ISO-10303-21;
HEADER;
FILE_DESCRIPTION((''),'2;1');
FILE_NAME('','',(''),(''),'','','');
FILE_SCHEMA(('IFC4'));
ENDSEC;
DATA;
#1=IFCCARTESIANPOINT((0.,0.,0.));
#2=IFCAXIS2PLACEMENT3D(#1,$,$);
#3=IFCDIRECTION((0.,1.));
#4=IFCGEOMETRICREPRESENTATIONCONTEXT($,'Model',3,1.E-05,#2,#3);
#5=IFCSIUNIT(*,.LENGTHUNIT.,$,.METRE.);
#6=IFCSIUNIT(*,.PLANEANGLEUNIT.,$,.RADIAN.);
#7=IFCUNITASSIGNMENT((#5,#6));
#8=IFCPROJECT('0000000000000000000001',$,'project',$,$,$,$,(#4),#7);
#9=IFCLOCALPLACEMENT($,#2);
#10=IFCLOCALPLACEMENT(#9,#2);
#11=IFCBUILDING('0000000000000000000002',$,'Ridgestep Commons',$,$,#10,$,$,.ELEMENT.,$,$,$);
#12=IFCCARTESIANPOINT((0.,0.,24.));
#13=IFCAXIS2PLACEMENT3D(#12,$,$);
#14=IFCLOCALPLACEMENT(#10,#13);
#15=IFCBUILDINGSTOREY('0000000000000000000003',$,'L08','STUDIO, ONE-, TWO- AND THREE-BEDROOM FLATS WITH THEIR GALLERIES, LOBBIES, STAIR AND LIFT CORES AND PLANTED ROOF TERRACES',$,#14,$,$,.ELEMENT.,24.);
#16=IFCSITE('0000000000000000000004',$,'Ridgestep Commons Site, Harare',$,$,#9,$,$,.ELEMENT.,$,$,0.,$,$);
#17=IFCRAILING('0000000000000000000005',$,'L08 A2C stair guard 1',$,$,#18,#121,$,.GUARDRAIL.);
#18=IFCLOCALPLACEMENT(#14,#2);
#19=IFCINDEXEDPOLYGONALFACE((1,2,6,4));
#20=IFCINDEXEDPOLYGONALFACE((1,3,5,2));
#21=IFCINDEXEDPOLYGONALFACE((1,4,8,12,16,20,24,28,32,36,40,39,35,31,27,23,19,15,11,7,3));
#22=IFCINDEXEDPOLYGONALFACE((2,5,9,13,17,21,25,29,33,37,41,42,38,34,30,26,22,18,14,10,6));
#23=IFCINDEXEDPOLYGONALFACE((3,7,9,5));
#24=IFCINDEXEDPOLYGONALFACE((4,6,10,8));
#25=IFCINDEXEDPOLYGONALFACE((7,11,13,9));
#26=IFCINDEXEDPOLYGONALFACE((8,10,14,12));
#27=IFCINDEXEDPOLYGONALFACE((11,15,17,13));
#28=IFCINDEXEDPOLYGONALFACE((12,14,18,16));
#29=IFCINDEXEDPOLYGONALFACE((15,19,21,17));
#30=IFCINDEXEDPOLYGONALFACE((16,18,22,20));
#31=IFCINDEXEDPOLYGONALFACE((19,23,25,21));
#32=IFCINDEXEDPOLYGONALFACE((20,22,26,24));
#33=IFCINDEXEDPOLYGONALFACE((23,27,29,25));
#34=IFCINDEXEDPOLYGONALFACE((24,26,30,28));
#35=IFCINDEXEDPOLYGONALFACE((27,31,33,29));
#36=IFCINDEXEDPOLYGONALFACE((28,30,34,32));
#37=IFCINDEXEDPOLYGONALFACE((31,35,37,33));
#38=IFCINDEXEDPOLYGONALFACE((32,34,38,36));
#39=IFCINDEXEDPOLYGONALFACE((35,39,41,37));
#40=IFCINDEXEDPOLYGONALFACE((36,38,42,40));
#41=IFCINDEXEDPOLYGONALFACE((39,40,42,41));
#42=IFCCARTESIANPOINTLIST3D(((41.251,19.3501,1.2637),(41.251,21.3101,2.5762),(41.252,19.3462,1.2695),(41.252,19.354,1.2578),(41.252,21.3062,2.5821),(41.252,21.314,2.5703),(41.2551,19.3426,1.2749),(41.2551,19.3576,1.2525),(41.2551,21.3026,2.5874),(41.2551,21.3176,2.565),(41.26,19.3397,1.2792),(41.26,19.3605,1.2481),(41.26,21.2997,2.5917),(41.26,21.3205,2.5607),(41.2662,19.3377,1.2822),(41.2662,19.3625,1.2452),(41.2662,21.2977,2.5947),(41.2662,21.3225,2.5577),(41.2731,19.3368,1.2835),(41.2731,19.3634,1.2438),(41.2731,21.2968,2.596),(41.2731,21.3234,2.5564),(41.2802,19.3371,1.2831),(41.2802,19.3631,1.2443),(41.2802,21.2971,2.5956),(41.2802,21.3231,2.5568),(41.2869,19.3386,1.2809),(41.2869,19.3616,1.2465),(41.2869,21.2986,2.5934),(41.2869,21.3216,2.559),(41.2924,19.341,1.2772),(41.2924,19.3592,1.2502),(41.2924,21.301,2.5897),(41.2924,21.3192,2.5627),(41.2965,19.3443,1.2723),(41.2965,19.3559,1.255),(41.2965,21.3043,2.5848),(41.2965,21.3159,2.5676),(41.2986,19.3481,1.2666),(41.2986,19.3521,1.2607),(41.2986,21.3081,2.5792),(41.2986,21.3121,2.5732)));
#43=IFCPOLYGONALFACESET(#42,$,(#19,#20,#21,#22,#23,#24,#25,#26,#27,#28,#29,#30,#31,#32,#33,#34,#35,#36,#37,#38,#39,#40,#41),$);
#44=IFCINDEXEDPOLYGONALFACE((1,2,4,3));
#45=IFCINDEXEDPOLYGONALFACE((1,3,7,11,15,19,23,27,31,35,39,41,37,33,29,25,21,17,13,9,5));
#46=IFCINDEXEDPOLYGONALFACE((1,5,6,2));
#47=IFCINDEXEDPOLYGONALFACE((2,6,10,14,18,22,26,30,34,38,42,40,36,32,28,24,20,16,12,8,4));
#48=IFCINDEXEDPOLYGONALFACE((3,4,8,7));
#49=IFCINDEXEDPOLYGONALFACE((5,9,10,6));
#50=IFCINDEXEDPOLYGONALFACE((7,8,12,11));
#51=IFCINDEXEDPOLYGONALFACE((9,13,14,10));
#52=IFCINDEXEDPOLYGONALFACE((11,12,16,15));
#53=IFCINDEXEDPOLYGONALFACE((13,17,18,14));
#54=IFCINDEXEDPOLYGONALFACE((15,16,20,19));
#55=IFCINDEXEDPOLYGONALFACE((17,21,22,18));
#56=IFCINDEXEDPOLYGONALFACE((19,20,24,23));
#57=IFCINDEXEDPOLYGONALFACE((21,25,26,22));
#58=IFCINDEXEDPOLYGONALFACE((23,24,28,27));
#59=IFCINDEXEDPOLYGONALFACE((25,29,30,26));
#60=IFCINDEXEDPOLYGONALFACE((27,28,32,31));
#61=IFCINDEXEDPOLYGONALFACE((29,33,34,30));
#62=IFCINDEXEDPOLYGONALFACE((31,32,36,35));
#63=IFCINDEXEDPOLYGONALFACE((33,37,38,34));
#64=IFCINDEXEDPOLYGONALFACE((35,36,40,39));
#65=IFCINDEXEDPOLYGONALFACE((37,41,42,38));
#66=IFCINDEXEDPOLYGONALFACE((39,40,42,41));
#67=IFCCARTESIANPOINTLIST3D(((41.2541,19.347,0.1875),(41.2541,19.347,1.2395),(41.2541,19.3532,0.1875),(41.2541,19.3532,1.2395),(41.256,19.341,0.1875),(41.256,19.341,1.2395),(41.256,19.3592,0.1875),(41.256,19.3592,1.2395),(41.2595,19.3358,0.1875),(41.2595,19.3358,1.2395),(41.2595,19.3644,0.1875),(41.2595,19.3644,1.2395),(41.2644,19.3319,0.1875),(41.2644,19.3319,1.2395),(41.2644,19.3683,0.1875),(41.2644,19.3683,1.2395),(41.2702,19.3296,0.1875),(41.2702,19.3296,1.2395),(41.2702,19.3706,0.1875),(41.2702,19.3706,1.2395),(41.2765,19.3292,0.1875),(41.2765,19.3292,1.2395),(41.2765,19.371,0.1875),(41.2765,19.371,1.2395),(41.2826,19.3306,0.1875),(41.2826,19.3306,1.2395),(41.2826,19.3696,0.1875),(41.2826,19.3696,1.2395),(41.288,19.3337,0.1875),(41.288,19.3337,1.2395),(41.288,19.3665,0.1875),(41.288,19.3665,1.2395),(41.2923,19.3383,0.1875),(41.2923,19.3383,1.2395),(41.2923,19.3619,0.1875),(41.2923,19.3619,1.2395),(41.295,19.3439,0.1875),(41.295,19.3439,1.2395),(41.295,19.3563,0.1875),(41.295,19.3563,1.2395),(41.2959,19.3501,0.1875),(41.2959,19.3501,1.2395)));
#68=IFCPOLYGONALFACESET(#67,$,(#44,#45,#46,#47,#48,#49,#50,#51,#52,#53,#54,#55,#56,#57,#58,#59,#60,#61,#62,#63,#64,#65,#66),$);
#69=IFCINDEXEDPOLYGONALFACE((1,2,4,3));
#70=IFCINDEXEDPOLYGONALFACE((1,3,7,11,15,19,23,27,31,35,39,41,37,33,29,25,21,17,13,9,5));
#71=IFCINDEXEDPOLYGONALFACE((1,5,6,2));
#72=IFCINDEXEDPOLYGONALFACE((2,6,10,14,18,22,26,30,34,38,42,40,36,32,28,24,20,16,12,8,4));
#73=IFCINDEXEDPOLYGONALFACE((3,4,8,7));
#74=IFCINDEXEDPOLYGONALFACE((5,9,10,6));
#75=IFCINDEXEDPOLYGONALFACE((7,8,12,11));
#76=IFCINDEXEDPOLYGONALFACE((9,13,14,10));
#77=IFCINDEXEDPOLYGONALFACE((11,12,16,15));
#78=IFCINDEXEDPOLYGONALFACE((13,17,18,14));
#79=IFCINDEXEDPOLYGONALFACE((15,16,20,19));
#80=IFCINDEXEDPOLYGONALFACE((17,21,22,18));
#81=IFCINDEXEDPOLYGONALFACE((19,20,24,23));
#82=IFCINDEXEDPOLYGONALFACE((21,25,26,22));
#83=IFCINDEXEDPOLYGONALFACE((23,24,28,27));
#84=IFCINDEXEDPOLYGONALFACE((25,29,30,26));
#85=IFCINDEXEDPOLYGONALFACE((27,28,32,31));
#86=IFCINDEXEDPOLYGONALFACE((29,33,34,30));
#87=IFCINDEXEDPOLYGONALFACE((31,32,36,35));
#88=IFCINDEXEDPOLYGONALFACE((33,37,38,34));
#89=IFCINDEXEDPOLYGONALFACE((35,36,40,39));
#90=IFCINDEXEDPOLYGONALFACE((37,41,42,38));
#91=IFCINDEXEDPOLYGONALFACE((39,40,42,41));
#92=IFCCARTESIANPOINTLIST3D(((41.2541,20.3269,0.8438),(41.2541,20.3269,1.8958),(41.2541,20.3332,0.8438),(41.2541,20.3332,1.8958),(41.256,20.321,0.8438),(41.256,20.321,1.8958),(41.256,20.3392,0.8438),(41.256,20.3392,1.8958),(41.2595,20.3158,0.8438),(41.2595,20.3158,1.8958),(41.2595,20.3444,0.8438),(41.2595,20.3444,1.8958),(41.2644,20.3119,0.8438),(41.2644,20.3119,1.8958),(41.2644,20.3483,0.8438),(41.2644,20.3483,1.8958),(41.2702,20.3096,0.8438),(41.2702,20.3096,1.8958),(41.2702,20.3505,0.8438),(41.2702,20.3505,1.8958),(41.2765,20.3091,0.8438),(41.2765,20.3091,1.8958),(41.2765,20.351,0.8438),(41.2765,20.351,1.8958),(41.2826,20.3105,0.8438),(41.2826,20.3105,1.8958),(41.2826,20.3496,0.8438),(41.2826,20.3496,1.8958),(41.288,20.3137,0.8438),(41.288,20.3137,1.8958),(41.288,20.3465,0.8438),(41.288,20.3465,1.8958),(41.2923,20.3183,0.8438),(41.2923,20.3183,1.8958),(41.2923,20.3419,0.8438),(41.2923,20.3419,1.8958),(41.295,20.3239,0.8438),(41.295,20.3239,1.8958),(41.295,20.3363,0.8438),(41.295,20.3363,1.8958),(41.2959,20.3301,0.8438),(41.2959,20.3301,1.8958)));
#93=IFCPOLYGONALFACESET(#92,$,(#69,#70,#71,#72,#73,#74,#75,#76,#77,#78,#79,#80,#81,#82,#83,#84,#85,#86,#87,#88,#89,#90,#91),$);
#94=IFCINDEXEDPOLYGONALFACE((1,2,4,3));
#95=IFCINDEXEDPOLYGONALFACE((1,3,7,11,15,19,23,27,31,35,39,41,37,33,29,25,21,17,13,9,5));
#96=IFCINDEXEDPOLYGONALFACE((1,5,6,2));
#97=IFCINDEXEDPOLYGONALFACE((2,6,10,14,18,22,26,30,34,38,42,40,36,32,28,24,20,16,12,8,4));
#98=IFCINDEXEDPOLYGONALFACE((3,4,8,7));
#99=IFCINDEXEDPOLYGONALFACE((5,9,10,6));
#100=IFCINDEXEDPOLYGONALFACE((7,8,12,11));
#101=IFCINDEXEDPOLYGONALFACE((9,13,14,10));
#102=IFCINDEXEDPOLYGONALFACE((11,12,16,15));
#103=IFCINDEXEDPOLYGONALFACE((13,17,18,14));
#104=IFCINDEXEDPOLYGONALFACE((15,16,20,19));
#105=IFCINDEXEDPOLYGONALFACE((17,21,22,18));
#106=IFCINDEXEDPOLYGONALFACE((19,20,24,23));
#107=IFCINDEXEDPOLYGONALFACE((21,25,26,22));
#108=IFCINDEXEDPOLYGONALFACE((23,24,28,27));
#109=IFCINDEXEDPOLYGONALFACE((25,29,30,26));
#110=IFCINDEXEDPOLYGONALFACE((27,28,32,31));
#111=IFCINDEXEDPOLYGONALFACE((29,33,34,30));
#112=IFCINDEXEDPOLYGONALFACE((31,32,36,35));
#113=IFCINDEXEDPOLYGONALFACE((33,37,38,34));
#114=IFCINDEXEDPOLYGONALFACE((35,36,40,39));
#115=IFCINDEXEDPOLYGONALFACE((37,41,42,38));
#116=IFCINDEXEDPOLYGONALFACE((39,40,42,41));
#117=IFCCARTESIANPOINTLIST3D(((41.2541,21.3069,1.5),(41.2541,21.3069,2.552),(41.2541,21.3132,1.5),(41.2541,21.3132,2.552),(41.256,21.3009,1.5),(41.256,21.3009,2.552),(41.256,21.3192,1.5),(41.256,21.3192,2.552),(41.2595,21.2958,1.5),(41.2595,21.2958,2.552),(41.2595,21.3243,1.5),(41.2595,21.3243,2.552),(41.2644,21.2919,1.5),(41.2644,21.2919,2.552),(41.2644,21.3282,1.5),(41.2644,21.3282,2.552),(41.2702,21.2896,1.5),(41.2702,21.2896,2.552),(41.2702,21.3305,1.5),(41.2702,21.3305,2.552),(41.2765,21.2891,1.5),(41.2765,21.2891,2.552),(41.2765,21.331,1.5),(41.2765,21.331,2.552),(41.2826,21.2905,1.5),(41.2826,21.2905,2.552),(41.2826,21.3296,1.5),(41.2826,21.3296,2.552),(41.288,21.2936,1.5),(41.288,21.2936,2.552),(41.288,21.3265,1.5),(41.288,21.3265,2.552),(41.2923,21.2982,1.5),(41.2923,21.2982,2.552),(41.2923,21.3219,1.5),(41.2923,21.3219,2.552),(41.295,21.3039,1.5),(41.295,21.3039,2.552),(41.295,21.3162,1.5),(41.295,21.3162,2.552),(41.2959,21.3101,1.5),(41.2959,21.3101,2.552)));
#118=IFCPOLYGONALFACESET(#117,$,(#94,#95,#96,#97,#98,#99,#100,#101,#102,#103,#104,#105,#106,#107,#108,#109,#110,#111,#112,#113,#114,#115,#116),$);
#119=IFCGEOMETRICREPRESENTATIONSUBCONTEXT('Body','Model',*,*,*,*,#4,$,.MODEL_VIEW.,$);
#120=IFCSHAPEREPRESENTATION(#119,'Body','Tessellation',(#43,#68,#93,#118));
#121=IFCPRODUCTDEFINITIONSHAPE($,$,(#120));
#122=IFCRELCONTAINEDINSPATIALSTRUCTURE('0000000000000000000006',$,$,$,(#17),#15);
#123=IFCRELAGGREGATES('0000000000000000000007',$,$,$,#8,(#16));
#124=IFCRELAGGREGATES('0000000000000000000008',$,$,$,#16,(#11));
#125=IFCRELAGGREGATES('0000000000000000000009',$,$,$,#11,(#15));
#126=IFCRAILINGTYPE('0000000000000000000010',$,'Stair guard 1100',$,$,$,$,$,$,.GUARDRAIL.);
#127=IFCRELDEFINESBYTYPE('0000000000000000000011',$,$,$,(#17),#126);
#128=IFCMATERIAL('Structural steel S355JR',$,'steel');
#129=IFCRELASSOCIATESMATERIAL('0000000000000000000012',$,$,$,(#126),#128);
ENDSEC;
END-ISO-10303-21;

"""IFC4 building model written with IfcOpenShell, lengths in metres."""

from ifc_helpers import new_model, si_unit, direction, frame, origin, origin_2d, place, context, subcontext, project, spatial, circle, extrude, material, type_object, element, save


model = new_model("IFC4")

# Units and contexts
model_context = context("Model", 3, precision=1e-05, world=origin(), true_north=direction((0.0, 1.0)))
body_context = subcontext(model_context, "Body", "Model", "MODEL_VIEW")
ifc_project = project(units=[si_unit("LENGTHUNIT", "METRE"), si_unit("PLANEANGLEUNIT", "RADIAN")], contexts=[model_context])

# Site, building, storey
site_placement = place(None, origin())
site = spatial("IfcSite", under=ifc_project, at=site_placement, Name="Ridgestep Commons Site, Harare", CompositionType="ELEMENT", RefElevation=0.0)
building_placement = place(site_placement, origin())
building = spatial("IfcBuilding", under=site, at=building_placement, Name="Ridgestep Commons", CompositionType="ELEMENT")
storey_placement = place(building_placement, frame((0.0, 0.0, 24.0)))
storey = spatial("IfcBuildingStorey", under=building, at=storey_placement, Name="L08", Description="STUDIO, ONE-, TWO- AND THREE-BEDROOM FLATS WITH THEIR GALLERIES, LOBBIES, STAIR AND LIFT CORES AND PLANTED ROOF TERRACES", CompositionType="ELEMENT", Elevation=24.0)

# Railing
ifc_material_1 = material(Name="Structural steel S355JR", Category="steel")
railing_type_1 = type_object("IfcRailingType", Name="Stair guard 1100", PredefinedType="GUARDRAIL", material=ifc_material_1)
railing_1_placement = place(storey_placement, frame((41.2749, 19.3501, 0.1875)))
element("IfcRailing", 1, at=railing_1_placement, inside=storey, type_object=railing_type_1, Name="L08 A2C stair guard 1", PredefinedType="GUARDRAIL", context=body_context, shape_type="SweptSolid", body=[
    extrude(circle(Radius=0.0239, at=origin_2d()), frame((0.0, 0.0, 1.0762), z_axis=(0.0, 0.830902, 0.556419), x_axis=(-1.0, 0.0, 0.0)), (0.0, 0.0, 1.0), 2.3589),
    extrude(circle(Radius=0.021, at=origin_2d()), origin(), (0.0, 0.0, 1.0), 1.052),
    extrude(circle(Radius=0.021, at=origin_2d()), frame((0.0, 0.98, 0.6562)), (0.0, 0.0, 1.0), 1.052),
    extrude(circle(Radius=0.021, at=origin_2d()), frame((0.0, 1.96, 1.3125)), (0.0, 0.0, 1.0), 1.052),
])

save(model, "model.ifc")
